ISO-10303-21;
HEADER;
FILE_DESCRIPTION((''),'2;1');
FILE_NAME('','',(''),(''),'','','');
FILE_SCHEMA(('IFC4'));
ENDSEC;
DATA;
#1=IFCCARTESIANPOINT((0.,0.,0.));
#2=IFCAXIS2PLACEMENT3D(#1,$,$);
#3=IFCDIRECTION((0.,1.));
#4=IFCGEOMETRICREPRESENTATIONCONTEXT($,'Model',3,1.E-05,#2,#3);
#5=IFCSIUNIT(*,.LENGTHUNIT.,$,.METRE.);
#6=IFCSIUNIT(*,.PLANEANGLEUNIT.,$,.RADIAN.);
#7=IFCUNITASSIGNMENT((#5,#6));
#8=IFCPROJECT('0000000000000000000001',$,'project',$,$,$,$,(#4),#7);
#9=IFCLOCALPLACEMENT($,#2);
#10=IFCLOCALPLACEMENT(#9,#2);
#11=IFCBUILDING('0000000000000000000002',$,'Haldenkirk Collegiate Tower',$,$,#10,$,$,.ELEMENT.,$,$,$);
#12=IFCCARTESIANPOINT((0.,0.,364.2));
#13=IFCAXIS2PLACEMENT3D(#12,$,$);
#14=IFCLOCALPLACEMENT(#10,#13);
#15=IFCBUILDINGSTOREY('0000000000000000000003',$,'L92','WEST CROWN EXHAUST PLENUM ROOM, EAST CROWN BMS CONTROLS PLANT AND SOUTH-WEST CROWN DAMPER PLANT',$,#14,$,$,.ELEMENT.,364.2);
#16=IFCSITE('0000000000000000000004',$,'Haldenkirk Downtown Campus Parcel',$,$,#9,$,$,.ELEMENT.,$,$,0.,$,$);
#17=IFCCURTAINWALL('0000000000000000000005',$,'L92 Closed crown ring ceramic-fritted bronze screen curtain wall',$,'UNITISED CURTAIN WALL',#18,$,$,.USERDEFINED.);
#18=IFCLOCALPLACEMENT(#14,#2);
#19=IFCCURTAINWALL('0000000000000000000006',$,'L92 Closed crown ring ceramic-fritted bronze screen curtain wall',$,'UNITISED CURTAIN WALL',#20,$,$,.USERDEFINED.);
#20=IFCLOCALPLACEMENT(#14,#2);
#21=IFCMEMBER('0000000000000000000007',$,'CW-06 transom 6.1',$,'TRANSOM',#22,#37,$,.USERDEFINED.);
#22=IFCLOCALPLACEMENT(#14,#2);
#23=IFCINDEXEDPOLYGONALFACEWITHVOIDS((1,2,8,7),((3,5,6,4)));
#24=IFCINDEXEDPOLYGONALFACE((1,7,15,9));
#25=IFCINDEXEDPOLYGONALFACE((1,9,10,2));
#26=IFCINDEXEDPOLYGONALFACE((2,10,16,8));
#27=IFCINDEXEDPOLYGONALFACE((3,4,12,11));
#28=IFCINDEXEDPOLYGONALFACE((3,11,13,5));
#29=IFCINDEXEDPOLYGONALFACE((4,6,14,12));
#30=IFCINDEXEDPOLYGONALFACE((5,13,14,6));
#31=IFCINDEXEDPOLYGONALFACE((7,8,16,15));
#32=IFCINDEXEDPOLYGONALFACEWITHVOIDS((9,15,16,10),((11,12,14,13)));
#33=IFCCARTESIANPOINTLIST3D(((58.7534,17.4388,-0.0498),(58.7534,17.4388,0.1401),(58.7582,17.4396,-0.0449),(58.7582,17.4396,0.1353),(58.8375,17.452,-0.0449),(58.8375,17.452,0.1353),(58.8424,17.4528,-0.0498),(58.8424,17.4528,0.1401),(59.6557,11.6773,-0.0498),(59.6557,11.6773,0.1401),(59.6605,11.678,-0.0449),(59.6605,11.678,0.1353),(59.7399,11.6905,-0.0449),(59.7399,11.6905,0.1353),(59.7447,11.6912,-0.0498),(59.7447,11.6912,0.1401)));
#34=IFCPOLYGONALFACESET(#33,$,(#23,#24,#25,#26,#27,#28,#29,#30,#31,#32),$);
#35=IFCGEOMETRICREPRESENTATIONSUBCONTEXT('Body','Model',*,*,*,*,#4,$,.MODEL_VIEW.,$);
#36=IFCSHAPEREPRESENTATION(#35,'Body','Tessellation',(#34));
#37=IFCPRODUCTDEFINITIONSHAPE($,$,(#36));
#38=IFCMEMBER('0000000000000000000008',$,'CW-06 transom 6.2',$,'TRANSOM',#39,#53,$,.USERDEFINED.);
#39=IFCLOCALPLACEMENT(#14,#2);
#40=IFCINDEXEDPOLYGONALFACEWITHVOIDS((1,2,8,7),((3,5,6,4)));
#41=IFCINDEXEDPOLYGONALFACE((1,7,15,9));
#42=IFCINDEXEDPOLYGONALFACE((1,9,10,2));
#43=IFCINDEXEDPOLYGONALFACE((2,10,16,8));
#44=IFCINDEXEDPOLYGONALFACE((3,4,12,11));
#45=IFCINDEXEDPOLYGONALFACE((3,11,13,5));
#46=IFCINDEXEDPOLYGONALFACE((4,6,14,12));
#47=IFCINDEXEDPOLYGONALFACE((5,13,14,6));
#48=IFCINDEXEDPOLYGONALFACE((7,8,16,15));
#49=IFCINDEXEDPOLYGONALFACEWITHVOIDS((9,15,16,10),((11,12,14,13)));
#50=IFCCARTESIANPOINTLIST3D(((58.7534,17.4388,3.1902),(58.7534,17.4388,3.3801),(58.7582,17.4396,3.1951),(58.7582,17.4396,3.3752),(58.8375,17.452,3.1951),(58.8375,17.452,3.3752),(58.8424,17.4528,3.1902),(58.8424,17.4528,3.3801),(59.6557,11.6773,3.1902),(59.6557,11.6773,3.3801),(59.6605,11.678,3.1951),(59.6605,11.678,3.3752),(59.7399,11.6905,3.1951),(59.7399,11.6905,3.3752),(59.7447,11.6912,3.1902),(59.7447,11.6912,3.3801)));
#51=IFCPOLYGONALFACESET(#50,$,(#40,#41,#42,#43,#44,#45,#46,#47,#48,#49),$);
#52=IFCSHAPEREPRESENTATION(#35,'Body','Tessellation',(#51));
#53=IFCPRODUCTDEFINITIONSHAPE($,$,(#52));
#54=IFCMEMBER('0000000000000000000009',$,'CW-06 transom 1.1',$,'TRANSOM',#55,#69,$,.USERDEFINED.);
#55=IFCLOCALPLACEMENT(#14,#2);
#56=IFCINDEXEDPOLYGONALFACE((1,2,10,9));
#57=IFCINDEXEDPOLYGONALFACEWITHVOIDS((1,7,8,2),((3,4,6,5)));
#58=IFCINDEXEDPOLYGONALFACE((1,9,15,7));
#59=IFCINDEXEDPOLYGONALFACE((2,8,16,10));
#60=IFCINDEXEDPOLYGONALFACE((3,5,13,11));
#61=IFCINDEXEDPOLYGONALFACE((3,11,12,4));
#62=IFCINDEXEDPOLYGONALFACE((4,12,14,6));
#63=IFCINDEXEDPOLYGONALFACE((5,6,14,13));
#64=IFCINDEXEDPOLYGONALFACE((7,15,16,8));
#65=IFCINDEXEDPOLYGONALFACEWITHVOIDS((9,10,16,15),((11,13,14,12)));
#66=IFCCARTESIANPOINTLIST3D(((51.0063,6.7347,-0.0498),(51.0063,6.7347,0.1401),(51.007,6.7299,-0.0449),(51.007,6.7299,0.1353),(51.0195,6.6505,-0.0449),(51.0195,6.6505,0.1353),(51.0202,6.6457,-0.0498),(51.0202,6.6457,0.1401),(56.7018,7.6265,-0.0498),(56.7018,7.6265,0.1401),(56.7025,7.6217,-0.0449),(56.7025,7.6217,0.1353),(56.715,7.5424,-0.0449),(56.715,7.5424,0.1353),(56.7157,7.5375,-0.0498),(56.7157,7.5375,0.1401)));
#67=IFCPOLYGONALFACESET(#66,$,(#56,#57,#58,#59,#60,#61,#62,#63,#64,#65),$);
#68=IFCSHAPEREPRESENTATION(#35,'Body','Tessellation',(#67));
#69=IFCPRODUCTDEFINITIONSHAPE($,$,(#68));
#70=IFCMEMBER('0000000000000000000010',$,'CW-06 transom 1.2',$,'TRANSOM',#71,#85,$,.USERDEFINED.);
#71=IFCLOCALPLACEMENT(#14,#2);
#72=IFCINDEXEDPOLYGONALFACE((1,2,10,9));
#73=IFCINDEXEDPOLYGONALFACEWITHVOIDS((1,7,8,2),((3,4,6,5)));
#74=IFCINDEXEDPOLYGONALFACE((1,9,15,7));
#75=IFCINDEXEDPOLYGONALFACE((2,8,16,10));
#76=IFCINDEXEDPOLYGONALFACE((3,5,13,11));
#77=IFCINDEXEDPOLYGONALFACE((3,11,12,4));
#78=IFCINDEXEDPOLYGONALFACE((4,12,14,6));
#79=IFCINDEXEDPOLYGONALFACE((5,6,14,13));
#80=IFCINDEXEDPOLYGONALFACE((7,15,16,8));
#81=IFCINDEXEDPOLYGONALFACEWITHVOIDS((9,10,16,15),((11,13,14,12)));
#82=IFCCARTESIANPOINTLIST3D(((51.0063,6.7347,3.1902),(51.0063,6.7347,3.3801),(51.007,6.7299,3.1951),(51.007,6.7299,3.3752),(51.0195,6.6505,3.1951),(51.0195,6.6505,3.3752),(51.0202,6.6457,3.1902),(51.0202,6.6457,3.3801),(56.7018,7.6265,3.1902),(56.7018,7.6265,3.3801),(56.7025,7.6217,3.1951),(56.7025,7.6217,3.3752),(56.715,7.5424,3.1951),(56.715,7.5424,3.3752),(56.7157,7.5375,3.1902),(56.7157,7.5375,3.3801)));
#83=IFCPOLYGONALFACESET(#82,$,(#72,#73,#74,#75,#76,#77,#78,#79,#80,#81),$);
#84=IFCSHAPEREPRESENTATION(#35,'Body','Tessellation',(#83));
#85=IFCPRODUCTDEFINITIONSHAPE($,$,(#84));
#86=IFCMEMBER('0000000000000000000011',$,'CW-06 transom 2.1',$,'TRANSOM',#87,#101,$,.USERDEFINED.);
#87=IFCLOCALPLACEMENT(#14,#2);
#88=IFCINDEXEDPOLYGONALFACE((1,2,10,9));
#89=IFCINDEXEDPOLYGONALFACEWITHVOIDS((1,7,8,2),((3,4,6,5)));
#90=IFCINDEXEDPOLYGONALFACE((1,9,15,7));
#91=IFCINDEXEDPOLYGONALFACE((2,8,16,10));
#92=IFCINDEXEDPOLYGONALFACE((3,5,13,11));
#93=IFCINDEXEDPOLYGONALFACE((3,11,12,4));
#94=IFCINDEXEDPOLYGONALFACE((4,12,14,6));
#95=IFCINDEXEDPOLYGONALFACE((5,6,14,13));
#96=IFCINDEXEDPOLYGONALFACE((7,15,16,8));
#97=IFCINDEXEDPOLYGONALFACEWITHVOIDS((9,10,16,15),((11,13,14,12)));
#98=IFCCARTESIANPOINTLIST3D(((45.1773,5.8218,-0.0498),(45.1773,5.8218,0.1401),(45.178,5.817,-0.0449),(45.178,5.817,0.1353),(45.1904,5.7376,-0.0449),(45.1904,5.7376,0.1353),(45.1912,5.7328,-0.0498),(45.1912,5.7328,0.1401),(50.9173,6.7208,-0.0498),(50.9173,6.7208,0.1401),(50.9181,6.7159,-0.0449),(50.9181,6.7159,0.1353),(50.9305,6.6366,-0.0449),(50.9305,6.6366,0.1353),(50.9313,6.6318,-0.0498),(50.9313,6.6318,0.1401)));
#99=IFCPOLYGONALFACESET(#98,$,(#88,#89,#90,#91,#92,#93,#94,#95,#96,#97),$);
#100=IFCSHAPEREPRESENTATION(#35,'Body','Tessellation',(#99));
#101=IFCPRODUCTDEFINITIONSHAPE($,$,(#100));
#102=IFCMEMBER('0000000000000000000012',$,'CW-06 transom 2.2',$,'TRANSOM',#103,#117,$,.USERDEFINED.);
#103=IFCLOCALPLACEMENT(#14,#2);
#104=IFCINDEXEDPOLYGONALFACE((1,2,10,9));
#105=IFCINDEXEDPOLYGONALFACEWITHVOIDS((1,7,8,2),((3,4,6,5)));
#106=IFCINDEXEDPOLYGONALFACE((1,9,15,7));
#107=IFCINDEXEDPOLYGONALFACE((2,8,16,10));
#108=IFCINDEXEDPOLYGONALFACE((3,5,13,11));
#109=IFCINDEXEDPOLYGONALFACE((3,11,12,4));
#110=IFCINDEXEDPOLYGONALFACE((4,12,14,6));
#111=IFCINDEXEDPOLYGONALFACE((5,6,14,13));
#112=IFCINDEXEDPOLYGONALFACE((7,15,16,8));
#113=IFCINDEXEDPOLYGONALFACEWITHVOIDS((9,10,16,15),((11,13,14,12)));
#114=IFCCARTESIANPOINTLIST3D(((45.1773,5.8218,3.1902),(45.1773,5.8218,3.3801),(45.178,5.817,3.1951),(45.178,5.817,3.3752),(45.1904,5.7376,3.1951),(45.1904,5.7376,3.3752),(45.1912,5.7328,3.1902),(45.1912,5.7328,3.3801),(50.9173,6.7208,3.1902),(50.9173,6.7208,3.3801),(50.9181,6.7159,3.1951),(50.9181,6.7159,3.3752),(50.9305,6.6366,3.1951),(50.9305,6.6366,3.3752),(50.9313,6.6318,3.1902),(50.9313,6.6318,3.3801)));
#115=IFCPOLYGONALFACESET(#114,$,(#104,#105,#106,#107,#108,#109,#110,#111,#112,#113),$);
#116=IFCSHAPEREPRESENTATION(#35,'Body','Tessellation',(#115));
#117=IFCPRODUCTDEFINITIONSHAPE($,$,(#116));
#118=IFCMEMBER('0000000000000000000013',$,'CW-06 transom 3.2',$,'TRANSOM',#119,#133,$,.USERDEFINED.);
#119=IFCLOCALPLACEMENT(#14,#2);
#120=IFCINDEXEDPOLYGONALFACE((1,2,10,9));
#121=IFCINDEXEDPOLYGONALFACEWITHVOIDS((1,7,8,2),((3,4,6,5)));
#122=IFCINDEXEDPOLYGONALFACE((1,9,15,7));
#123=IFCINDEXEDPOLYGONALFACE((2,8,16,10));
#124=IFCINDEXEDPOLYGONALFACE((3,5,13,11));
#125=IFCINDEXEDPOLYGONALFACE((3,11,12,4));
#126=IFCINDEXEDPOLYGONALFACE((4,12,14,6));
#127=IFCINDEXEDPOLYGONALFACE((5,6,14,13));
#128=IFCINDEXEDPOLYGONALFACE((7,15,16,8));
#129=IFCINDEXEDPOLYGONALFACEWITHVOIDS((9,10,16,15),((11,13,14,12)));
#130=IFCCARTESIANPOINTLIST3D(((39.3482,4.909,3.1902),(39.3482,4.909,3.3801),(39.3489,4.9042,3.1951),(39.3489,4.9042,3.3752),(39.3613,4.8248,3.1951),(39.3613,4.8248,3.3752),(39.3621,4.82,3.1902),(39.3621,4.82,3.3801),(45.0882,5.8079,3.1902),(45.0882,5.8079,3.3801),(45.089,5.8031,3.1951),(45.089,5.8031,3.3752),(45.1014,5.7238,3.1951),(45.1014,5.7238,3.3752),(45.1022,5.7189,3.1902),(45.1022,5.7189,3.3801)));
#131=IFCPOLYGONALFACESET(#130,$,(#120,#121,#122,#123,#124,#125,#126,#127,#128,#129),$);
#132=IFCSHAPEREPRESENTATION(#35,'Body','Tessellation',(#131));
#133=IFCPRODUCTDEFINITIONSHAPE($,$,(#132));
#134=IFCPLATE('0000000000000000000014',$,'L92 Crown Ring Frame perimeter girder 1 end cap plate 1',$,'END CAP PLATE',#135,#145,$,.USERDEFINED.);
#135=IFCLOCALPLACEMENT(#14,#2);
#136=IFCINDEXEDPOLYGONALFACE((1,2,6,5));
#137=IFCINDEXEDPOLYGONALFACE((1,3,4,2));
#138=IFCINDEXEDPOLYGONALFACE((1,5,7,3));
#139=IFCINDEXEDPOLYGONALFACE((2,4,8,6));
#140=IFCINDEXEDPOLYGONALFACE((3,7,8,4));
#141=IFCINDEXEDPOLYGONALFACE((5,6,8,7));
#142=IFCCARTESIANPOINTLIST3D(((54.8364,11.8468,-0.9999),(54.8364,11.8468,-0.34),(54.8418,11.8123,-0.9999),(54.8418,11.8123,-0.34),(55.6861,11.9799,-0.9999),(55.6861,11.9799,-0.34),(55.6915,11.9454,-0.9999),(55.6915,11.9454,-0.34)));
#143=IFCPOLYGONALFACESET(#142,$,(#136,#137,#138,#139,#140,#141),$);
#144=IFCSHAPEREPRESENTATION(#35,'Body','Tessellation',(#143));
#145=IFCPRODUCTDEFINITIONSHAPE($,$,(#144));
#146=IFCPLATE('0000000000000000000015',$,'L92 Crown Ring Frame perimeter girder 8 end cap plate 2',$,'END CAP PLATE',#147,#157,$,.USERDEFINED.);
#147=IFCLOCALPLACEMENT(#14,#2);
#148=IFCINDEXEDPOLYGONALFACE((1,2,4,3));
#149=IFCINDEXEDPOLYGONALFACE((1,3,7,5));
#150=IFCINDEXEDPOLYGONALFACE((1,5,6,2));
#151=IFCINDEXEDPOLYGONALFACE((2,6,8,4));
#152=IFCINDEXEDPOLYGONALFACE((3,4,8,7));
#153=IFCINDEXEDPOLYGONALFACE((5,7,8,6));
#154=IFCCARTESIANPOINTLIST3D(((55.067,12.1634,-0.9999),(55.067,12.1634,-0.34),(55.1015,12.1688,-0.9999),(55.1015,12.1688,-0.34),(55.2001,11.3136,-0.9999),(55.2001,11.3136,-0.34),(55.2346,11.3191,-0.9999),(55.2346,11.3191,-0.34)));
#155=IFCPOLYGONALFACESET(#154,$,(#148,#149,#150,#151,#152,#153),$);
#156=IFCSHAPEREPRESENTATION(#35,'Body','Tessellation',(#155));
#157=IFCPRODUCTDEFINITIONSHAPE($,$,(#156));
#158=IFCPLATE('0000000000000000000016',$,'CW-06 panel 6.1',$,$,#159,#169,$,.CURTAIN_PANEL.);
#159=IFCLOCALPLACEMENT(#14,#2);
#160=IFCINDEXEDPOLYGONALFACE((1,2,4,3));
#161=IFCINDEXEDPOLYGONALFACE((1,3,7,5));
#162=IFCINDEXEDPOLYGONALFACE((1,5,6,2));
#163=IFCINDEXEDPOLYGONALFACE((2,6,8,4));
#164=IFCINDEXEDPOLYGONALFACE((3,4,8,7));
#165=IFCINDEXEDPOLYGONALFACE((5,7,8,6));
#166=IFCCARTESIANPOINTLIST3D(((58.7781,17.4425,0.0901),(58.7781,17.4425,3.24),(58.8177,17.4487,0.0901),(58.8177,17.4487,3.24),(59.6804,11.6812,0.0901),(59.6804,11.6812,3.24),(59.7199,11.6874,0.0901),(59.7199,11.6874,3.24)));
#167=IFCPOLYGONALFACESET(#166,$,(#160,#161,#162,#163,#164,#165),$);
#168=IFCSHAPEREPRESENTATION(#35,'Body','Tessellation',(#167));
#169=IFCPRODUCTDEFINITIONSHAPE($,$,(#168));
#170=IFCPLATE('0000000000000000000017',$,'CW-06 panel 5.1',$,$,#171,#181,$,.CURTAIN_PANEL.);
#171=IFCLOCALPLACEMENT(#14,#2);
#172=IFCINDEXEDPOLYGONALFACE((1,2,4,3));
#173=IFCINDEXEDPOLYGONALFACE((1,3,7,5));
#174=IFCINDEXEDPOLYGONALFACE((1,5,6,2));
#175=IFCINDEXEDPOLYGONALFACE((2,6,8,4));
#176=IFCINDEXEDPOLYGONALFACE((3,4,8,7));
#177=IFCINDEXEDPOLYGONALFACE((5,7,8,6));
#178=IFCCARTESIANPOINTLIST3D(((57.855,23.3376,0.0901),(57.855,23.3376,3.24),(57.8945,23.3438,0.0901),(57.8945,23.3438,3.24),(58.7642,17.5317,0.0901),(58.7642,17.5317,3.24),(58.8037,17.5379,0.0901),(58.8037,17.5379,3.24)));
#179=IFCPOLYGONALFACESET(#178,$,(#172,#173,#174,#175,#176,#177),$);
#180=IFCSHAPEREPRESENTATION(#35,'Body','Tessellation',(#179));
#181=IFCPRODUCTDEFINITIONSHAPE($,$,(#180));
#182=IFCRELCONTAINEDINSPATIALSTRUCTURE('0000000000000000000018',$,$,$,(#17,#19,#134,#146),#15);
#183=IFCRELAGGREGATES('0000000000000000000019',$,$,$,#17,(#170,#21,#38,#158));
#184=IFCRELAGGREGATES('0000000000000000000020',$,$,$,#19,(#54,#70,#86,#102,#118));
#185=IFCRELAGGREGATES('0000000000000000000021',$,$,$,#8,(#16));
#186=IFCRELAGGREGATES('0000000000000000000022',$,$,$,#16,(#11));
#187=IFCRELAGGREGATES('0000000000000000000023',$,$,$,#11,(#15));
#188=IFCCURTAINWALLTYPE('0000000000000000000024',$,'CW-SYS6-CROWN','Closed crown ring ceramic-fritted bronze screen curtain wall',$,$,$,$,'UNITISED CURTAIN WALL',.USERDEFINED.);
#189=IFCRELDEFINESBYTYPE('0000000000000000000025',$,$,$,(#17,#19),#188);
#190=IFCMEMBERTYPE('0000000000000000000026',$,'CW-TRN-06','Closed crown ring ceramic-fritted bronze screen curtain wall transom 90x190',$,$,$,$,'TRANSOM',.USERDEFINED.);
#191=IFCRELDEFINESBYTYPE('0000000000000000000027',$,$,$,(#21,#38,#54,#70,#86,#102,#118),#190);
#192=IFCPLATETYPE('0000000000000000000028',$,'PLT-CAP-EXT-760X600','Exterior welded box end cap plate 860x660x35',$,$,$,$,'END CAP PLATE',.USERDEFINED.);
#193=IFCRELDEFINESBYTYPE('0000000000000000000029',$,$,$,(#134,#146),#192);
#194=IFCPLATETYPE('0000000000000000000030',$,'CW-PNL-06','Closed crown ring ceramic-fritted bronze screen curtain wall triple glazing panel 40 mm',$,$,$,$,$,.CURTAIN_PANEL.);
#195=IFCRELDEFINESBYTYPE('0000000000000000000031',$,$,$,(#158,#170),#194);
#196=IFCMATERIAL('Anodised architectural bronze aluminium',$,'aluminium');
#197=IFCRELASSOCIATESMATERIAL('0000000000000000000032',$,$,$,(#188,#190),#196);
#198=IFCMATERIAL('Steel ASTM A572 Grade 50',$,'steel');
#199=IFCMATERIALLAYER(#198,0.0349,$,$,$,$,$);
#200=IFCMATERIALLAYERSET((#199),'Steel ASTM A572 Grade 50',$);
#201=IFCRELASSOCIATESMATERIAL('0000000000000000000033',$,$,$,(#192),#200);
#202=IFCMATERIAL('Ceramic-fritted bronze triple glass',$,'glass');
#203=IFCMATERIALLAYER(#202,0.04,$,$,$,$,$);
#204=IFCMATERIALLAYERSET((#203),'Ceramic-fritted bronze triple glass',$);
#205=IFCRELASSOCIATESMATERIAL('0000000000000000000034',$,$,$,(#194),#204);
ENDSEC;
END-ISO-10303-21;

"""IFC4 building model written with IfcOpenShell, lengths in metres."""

from ifc_helpers import new_model, si_unit, direction, frame, origin, origin_2d, place, context, subcontext, project, spatial, rectangle, hollow_rectangle, extrude, source, transform, mapped, material, layer, layer_set, material_profile, profile_set, type_object, element, aggregate, save


model = new_model("IFC4")

# Units and contexts
model_context = context("Model", 3, precision=1e-05, world=origin(), true_north=direction((0.0, 1.0)))
body_context = subcontext(model_context, "Body", "Model", "MODEL_VIEW")
ifc_project = project(units=[si_unit("LENGTHUNIT", "METRE"), si_unit("PLANEANGLEUNIT", "RADIAN")], contexts=[model_context])

# Site, building, storey
site_placement = place(None, origin())
site = spatial("IfcSite", under=ifc_project, at=site_placement, Name="Haldenkirk Downtown Campus Parcel", CompositionType="ELEMENT", RefElevation=0.0)
building_placement = place(site_placement, origin())
building = spatial("IfcBuilding", under=site, at=building_placement, Name="Haldenkirk Collegiate Tower", CompositionType="ELEMENT")
storey_placement = place(building_placement, frame((0.0, 0.0, 364.2)))
storey = spatial("IfcBuildingStorey", under=building, at=storey_placement, Name="L92", Description="WEST CROWN EXHAUST PLENUM ROOM, EAST CROWN BMS CONTROLS PLANT AND SOUTH-WEST CROWN DAMPER PLANT", CompositionType="ELEMENT", Elevation=364.2)

# Shared definitions
ifc_material_1 = material(Name="Steel ASTM A572 Grade 50", Category="steel")

# Curtain walls
ifc_material_2 = material(Name="Anodised architectural bronze aluminium", Category="aluminium")
curtain_wall_type = type_object("IfcCurtainWallType", Name="CW-SYS6-CROWN", Description="Closed crown ring ceramic-fritted bronze screen curtain wall", ElementType="UNITISED CURTAIN WALL", PredefinedType="USERDEFINED", material=ifc_material_2)
curtain_wall_1_placement = place(storey_placement, origin())
curtain_wall_1 = element("IfcCurtainWall", 1, at=curtain_wall_1_placement, inside=storey, type_object=curtain_wall_type, Name="L92 Closed crown ring ceramic-fritted bronze screen curtain wall", ObjectType="UNITISED CURTAIN WALL", PredefinedType="USERDEFINED")
curtain_wall_2_placement = place(storey_placement, origin())
curtain_wall_2 = element("IfcCurtainWall", 2, at=curtain_wall_2_placement, inside=storey, type_object=curtain_wall_type, Name="L92 Closed crown ring ceramic-fritted bronze screen curtain wall", ObjectType="UNITISED CURTAIN WALL", PredefinedType="USERDEFINED")

# Members
ifc_material_profile_1 = material_profile(ifc_material_2, hollow_rectangle(XDim=0.0901, YDim=0.1899, WallThickness=0.0049, at=origin_2d()), Name="CW-TRN-06")
ifc_profile_set_1 = profile_set([ifc_material_profile_1], Name="Anodised architectural bronze aluminium")
member_type_1 = type_object("IfcMemberType", Name="CW-TRN-06", Description="Closed crown ring ceramic-fritted bronze screen curtain wall transom 90x190", ElementType="TRANSOM", PredefinedType="USERDEFINED", material=ifc_profile_set_1)
member_1_placement = place(storey_placement, frame((58.7979, 17.4458, 0.0452), z_axis=(0.154731, -0.987957, 0.0), x_axis=(0.987957, 0.154731, 0.0)))
member_1 = element("IfcMember", 3, at=member_1_placement, type_object=member_type_1, Name="CW-06 transom 6.1", ObjectType="TRANSOM", PredefinedType="USERDEFINED", context=body_context, shape_type="SweptSolid", body=[
    extrude(hollow_rectangle(XDim=0.0901, YDim=0.1899, WallThickness=0.0049, at=origin_2d()), origin(), (0.0, 0.0, 1.0), 5.8318),
])
member_2_placement = place(storey_placement, frame((58.7979, 17.4458, 3.2852), z_axis=(0.154731, -0.987957, 0.0), x_axis=(0.987957, 0.154731, 0.0)))
member_2 = element("IfcMember", 4, at=member_2_placement, type_object=member_type_1, Name="CW-06 transom 6.2", ObjectType="TRANSOM", PredefinedType="USERDEFINED", context=body_context, shape_type="SweptSolid", body=[
    extrude(hollow_rectangle(XDim=0.0901, YDim=0.1899, WallThickness=0.0049, at=origin_2d()), origin(), (0.0, 0.0, 1.0), 5.8318),
])
member_3_placement = place(storey_placement, frame((56.7087, 7.582, 0.0452), z_axis=(-0.987961, -0.154701, 0.0), x_axis=(0.154701, -0.987961, 0.0)))
member_3 = element("IfcMember", 5, at=member_3_placement, type_object=member_type_1, Name="CW-06 transom 1.1", ObjectType="TRANSOM", PredefinedType="USERDEFINED", context=body_context, shape_type="SweptSolid", body=[
    extrude(hollow_rectangle(XDim=0.0901, YDim=0.1899, WallThickness=0.0049, at=origin_2d()), origin(), (0.0, 0.0, 1.0), 5.7649),
])
member_4_placement = place(storey_placement, frame((56.7087, 7.582, 3.2852), z_axis=(-0.987961, -0.154701, 0.0), x_axis=(0.154701, -0.987961, 0.0)))
member_4 = element("IfcMember", 6, at=member_4_placement, type_object=member_type_1, Name="CW-06 transom 1.2", ObjectType="TRANSOM", PredefinedType="USERDEFINED", context=body_context, shape_type="SweptSolid", body=[
    extrude(hollow_rectangle(XDim=0.0901, YDim=0.1899, WallThickness=0.0049, at=origin_2d()), origin(), (0.0, 0.0, 1.0), 5.7649),
])
member_5_placement = place(storey_placement, frame((50.9243, 6.6763, 0.0452), z_axis=(-0.987958, -0.154722, 0.0), x_axis=(0.154722, -0.987958, 0.0)))
member_5 = element("IfcMember", 7, at=member_5_placement, type_object=member_type_1, Name="CW-06 transom 2.1", ObjectType="TRANSOM", PredefinedType="USERDEFINED", context=body_context, shape_type="SweptSolid", body=[
    extrude(hollow_rectangle(XDim=0.0901, YDim=0.1899, WallThickness=0.0049, at=origin_2d()), origin(), (0.0, 0.0, 1.0), 5.8101),
])
member_6_placement = place(storey_placement, frame((50.9243, 6.6763, 3.2852), z_axis=(-0.987958, -0.154722, 0.0), x_axis=(0.154722, -0.987958, 0.0)))
member_6 = element("IfcMember", 8, at=member_6_placement, type_object=member_type_1, Name="CW-06 transom 2.2", ObjectType="TRANSOM", PredefinedType="USERDEFINED", context=body_context, shape_type="SweptSolid", body=[
    extrude(hollow_rectangle(XDim=0.0901, YDim=0.1899, WallThickness=0.0049, at=origin_2d()), origin(), (0.0, 0.0, 1.0), 5.8101),
])
member_7_placement = place(storey_placement, frame((45.0952, 5.7634, 3.2852), z_axis=(-0.987958, -0.154722, 0.0), x_axis=(0.154722, -0.987958, 0.0)))
member_7 = element("IfcMember", 9, at=member_7_placement, type_object=member_type_1, Name="CW-06 transom 3.2", ObjectType="TRANSOM", PredefinedType="USERDEFINED", context=body_context, shape_type="SweptSolid", body=[
    extrude(hollow_rectangle(XDim=0.0901, YDim=0.1899, WallThickness=0.0049, at=origin_2d()), origin(), (0.0, 0.0, 1.0), 5.8101),
])

# Plates
ifc_layer_1 = layer(ifc_material_1, 0.0349)
ifc_layer_set_1 = layer_set([ifc_layer_1], Name="Steel ASTM A572 Grade 50")
plate_type_1 = type_object("IfcPlateType", Name="PLT-CAP-EXT-760X600", Description="Exterior welded box end cap plate 860x660x35", ElementType="END CAP PLATE", PredefinedType="USERDEFINED", material=ifc_layer_set_1)
shared_shape_1 = source(origin(), body_context, "Body", "SweptSolid", [
    extrude(rectangle(XDim=0.8601, YDim=0.6599, at=origin_2d()), origin(), (0.0, 0.0, 1.0), 0.0349),
])
for number, where, z_axis, x_axis, name in (
    (10, (55.2612, 11.9133, -0.6699), (0.154711, -0.98796, 0.0), (0.98796, 0.154711, 0.0), "L92 Crown Ring Frame perimeter girder 1 end cap plate 1"),
    (11, (55.1335, 11.7385, -0.6699), (0.987959, 0.154713, 0.0), (-0.154713, 0.987959, 0.0), "L92 Crown Ring Frame perimeter girder 8 end cap plate 2"),
):
    element("IfcPlate", number, at=place(storey_placement, frame(where, z_axis=z_axis, x_axis=x_axis)), inside=storey, type_object=plate_type_1, Name=name, ObjectType="END CAP PLATE", PredefinedType="USERDEFINED", context=body_context, shape_type="MappedRepresentation", body=[
        mapped(shared_shape_1, transform((0.0, 0.0, 0.0), x_axis=(1.0, 0.0, 0.0), y_axis=(0.0, 1.0, 0.0), z_axis=(0.0, 0.0, 1.0), scale=1.0)),
    ])

# Plates
ifc_material_3 = material(Name="Ceramic-fritted bronze triple glass", Category="glass")
ifc_layer_2 = layer(ifc_material_3, 0.04)
ifc_layer_set_2 = layer_set([ifc_layer_2], Name="Ceramic-fritted bronze triple glass")
plate_type_2 = type_object("IfcPlateType", Name="CW-PNL-06", Description="Closed crown ring ceramic-fritted bronze screen curtain wall triple glazing panel 40 mm", PredefinedType="CURTAIN_PANEL", material=ifc_layer_set_2)
shared_shape_2 = source(origin(), body_context, "Body", "SweptSolid", [
    extrude(rectangle(XDim=5.8315, YDim=0.04, at=origin_2d()), origin(), (0.0, 0.0, 1.0), 3.1499),
])
plate_1_placement = place(storey_placement, frame((59.249, 14.5649, 0.0901), z_axis=(0.0, 0.0, 1.0), x_axis=(0.154713, -0.98796, 0.0)))
plate_1 = element("IfcPlate", 12, at=plate_1_placement, type_object=plate_type_2, Name="CW-06 panel 6.1", PredefinedType="CURTAIN_PANEL", context=body_context, shape_type="MappedRepresentation", body=[
    mapped(shared_shape_2, transform((0.0, 0.0, 0.0), x_axis=(1.0, 0.0, 0.0), y_axis=(0.0, 1.0, 0.0), z_axis=(0.0, 0.0, 1.0), scale=1.0)),
])
shared_shape_3 = source(origin(), body_context, "Body", "SweptSolid", [
    extrude(rectangle(XDim=5.8767, YDim=0.04, at=origin_2d()), origin(), (0.0, 0.0, 1.0), 3.1499),
])
plate_2_placement = place(storey_placement, frame((58.3293, 20.4377, 0.0901), z_axis=(0.0, 0.0, 1.0), x_axis=(0.154713, -0.98796, 0.0)))
plate_2 = element("IfcPlate", 13, at=plate_2_placement, type_object=plate_type_2, Name="CW-06 panel 5.1", PredefinedType="CURTAIN_PANEL", context=body_context, shape_type="MappedRepresentation", body=[
    mapped(shared_shape_3, transform((0.0, 0.0, 0.0), x_axis=(1.0, 0.0, 0.0), y_axis=(0.0, 1.0, 0.0), z_axis=(0.0, 0.0, 1.0), scale=1.0)),
])
aggregate(curtain_wall_1, [plate_2, member_1, member_2, plate_1])
aggregate(curtain_wall_2, [member_3, member_4, member_5, member_6, member_7])

save(model, "model.ifc")
